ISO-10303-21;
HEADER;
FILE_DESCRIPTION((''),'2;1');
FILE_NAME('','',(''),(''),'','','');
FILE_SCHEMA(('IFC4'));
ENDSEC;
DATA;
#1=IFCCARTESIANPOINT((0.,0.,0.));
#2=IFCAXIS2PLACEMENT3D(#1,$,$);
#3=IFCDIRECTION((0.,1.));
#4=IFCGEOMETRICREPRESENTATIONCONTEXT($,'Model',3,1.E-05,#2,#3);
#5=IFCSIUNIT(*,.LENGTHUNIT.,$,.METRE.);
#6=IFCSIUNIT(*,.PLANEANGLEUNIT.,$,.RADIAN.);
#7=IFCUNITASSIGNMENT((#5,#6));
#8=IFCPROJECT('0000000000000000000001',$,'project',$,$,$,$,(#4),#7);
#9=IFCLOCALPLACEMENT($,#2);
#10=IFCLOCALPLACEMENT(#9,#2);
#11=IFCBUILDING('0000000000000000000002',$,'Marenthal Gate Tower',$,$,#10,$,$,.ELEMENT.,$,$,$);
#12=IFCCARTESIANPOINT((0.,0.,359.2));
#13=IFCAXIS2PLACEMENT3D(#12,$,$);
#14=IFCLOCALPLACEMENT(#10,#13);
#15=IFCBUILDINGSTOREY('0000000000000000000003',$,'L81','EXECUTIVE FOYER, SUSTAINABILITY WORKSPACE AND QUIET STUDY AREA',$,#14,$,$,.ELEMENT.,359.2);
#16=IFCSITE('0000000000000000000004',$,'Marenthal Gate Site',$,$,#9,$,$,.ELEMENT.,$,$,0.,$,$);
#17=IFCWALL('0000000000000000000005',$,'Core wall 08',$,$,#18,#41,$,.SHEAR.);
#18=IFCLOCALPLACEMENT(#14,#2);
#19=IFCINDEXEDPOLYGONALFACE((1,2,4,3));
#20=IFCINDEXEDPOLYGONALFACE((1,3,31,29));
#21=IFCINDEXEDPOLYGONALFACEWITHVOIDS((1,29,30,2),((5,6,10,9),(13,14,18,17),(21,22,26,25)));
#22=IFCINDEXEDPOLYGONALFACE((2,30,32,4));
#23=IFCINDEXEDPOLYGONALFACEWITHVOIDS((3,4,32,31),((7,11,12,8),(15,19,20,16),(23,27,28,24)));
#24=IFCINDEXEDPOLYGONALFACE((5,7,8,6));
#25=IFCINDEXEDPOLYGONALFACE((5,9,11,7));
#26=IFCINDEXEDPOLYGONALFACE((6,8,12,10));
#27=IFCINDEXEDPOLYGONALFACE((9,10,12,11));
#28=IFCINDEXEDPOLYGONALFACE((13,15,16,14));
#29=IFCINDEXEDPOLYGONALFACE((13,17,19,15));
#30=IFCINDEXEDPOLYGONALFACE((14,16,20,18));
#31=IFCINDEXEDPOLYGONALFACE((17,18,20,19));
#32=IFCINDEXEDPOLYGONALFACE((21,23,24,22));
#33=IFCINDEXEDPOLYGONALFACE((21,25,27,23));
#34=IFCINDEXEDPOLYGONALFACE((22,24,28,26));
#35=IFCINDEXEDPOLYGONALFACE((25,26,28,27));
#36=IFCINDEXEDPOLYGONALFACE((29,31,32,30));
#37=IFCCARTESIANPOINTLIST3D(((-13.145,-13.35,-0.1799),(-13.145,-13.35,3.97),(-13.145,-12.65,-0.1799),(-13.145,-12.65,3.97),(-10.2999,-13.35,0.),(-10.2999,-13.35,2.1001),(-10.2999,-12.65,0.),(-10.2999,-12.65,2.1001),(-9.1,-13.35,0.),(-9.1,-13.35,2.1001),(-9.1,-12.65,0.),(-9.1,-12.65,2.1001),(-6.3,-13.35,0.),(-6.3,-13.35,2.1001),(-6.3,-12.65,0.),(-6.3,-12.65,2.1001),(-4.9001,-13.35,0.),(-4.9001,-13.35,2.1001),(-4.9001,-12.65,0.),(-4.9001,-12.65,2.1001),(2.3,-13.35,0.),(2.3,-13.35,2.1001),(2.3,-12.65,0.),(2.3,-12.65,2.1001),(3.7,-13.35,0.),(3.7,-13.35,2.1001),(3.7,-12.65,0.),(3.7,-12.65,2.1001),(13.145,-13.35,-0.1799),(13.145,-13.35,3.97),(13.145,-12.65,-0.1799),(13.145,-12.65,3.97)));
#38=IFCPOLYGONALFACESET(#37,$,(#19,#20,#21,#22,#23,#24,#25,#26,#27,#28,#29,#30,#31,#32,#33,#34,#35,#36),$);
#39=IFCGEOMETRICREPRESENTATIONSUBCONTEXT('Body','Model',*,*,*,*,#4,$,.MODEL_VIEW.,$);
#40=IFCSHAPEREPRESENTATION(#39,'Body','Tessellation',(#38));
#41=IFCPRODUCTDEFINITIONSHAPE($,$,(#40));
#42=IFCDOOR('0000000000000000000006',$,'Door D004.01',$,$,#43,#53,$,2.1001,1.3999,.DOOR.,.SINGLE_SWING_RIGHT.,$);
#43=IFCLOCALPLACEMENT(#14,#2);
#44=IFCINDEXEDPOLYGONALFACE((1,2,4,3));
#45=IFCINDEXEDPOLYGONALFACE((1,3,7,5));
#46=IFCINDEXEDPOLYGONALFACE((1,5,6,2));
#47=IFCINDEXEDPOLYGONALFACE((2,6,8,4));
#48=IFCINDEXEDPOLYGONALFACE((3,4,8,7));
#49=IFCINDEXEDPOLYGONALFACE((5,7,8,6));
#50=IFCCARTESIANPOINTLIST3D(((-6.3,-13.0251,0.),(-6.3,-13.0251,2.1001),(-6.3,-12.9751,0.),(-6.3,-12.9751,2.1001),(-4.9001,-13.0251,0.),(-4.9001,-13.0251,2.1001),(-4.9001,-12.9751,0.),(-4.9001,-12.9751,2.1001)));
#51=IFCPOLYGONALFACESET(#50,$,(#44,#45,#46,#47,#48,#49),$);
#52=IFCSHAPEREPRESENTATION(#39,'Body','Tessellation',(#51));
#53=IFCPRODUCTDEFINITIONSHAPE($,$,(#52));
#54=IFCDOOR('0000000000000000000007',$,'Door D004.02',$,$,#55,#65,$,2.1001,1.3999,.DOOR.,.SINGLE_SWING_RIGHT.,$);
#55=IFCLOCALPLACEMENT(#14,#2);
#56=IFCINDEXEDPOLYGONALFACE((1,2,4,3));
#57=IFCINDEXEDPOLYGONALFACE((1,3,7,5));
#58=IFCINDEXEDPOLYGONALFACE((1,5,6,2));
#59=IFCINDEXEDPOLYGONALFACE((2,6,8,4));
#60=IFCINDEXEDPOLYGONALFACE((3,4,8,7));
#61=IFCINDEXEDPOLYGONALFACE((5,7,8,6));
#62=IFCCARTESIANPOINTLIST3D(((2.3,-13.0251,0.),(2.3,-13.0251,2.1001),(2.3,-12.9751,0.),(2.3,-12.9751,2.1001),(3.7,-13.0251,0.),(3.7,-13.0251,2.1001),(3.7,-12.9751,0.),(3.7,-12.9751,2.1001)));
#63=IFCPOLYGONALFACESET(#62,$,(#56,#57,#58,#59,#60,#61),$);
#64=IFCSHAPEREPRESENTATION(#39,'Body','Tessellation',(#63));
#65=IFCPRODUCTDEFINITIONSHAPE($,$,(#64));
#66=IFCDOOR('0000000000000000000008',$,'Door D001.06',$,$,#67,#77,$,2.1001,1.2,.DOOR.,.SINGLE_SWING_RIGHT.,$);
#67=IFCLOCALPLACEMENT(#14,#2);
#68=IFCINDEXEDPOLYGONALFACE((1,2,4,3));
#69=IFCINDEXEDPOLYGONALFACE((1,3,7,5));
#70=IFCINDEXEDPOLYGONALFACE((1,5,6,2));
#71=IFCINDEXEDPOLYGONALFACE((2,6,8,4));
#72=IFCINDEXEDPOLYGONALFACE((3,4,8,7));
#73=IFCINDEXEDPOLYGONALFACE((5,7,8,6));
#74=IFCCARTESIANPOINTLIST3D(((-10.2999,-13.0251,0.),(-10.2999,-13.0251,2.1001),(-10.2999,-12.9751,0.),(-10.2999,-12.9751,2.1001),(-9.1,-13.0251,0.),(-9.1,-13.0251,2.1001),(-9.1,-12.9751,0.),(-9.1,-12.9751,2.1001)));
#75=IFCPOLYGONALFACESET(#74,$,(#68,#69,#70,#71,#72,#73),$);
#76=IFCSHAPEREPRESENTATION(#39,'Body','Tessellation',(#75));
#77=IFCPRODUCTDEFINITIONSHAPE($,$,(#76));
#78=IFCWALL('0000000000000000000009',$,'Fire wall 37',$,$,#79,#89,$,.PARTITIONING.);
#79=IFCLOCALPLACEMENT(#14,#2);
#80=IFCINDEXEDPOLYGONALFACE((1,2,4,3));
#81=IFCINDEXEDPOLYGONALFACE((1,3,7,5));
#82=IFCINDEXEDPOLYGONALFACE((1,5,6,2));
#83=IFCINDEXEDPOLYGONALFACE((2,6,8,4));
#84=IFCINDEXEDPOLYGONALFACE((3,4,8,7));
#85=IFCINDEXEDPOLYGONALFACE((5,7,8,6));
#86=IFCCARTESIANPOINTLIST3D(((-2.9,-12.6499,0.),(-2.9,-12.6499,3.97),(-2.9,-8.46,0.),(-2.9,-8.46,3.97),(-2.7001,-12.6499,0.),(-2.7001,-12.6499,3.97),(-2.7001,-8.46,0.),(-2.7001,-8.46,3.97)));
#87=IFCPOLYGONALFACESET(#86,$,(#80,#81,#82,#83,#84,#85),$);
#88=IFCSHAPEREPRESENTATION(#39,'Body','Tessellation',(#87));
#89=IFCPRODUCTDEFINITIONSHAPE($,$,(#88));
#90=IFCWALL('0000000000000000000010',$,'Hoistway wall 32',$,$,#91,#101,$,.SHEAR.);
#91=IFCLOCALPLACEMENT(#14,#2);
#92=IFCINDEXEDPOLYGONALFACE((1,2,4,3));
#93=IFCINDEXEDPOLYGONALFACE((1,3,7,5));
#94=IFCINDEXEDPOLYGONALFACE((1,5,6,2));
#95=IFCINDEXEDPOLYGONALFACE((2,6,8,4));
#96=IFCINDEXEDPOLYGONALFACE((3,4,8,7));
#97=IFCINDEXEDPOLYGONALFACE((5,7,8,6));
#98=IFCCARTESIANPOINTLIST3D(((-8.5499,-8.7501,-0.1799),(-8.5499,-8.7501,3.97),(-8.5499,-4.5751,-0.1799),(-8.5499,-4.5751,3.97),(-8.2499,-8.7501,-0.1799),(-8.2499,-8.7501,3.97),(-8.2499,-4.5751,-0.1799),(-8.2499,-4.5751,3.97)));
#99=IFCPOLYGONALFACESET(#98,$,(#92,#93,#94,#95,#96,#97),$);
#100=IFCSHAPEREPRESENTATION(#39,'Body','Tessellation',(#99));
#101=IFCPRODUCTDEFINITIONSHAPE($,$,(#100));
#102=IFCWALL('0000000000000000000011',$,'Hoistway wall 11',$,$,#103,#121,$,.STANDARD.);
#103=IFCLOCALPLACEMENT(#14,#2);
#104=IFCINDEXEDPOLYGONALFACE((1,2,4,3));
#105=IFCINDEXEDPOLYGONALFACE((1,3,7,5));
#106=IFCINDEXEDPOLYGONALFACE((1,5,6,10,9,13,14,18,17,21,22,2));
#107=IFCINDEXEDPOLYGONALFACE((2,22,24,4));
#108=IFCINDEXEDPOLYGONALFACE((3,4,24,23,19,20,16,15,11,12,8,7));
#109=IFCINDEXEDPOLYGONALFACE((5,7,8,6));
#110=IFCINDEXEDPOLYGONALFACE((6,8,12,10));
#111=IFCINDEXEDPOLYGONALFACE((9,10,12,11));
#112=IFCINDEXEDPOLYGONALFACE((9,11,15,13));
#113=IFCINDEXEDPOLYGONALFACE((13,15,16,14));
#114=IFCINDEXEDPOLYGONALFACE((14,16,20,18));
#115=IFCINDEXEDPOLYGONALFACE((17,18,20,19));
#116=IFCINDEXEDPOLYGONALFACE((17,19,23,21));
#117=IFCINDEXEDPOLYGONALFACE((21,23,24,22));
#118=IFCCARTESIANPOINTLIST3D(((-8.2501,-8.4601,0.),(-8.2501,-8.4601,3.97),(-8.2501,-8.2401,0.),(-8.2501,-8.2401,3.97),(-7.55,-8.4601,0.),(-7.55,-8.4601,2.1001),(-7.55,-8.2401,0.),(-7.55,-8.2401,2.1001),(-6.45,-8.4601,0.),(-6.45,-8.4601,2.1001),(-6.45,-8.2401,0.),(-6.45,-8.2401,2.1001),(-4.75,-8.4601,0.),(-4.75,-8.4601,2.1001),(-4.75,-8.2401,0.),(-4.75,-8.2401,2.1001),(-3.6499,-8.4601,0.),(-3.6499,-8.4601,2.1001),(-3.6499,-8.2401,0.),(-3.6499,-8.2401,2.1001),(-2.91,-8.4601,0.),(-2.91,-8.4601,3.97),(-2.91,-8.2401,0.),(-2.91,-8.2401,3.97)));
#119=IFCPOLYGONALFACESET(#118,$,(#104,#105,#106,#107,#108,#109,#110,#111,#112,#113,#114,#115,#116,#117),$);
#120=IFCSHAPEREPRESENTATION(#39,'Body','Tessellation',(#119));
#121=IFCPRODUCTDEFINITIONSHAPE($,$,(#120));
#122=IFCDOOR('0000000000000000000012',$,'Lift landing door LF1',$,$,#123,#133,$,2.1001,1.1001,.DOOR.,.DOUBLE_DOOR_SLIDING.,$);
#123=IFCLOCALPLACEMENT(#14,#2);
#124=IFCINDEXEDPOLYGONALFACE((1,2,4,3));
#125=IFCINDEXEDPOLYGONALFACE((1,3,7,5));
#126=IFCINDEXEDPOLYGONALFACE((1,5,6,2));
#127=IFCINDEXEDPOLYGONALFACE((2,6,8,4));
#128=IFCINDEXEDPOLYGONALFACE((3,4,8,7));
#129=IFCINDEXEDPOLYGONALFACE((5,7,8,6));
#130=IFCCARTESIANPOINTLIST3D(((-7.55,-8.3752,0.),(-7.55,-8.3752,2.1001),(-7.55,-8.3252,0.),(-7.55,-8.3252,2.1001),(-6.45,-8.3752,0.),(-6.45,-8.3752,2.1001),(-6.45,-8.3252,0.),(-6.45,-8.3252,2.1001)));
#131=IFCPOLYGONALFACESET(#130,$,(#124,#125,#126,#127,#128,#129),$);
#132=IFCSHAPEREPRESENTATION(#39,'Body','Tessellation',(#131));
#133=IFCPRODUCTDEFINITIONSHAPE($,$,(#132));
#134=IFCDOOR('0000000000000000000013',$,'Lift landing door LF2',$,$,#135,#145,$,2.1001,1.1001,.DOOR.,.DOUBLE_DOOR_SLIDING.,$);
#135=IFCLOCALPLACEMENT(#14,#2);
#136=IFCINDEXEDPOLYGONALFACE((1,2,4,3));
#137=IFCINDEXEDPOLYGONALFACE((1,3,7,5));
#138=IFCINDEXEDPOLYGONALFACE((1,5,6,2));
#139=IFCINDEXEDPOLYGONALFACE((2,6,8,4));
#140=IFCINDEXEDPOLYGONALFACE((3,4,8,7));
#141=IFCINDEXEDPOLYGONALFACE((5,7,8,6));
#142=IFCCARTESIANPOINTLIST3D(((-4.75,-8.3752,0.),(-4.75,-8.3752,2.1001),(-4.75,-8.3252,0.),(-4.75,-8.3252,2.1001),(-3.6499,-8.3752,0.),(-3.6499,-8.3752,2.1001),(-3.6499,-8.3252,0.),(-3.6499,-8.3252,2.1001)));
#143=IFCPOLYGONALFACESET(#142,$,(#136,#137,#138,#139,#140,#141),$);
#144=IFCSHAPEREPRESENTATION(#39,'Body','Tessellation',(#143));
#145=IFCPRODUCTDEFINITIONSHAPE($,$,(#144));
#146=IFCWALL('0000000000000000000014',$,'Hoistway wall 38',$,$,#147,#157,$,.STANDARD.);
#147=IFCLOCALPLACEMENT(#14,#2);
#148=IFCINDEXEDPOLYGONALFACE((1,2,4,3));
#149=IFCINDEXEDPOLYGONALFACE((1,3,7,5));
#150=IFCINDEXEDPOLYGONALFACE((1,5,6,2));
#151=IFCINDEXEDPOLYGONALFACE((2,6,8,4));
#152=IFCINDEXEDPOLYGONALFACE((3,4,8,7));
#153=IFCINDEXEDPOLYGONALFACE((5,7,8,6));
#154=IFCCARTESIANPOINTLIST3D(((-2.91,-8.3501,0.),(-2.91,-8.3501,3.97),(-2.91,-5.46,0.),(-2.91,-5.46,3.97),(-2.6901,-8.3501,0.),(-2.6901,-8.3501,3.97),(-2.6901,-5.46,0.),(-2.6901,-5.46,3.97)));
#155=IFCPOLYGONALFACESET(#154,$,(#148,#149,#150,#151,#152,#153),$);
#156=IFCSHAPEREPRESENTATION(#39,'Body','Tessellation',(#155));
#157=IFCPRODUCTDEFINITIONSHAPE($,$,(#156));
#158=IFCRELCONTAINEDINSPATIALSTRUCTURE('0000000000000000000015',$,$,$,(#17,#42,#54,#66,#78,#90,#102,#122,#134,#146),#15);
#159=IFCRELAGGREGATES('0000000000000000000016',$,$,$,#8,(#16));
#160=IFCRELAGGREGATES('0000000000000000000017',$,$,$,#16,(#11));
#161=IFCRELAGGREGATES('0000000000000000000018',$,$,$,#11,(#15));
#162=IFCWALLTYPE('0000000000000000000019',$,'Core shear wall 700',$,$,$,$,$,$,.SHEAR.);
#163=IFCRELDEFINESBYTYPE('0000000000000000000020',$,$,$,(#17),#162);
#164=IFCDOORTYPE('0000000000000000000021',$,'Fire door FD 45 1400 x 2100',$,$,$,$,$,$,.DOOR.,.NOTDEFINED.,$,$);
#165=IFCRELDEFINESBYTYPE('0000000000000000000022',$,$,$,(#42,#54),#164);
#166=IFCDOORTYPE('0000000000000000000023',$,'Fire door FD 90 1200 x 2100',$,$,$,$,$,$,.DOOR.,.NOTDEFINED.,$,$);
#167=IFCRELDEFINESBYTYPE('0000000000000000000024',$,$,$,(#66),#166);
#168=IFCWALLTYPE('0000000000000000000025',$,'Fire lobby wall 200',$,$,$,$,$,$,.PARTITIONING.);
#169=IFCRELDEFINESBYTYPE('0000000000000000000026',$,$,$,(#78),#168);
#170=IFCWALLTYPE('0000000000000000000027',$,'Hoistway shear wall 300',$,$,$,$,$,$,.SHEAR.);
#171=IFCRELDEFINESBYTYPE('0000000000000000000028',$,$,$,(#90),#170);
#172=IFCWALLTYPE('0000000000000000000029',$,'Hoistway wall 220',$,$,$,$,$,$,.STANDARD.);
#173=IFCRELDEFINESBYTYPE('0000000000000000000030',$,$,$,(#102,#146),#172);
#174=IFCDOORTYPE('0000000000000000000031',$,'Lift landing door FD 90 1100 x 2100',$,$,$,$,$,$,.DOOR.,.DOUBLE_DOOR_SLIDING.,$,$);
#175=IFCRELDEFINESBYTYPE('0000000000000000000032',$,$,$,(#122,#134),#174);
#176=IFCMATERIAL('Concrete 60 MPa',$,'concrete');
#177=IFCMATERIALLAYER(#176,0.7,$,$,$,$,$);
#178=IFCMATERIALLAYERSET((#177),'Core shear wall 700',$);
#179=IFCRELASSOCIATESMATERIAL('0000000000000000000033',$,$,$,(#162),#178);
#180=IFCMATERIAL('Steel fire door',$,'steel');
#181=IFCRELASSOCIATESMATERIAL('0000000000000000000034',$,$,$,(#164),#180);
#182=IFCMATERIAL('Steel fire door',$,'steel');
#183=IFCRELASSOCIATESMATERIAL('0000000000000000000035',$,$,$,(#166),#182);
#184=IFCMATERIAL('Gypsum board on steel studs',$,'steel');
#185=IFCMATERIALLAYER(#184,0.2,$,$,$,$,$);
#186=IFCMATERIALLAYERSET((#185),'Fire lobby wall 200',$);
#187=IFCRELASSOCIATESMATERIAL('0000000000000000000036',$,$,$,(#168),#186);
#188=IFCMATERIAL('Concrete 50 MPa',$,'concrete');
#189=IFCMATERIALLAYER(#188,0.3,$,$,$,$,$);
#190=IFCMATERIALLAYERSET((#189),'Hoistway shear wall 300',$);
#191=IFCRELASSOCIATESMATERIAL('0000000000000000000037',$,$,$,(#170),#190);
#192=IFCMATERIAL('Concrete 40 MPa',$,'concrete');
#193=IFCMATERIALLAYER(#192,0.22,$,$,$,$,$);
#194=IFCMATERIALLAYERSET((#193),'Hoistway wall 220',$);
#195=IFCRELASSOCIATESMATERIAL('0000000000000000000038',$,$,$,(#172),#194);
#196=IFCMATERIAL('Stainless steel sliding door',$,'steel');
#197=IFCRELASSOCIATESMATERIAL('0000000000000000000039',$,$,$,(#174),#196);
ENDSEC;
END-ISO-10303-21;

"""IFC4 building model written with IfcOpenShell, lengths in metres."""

from ifc_helpers import new_model, si_unit, direction, frame, frame_2d, origin, place, context, subcontext, project, spatial, rectangle, extrude, material, layer, layer_set, type_object, element, fill, save


model = new_model("IFC4")

# Units and contexts
model_context = context("Model", 3, precision=1e-05, world=origin(), true_north=direction((0.0, 1.0)))
body_context = subcontext(model_context, "Body", "Model", "MODEL_VIEW")
ifc_project = project(units=[si_unit("LENGTHUNIT", "METRE"), si_unit("PLANEANGLEUNIT", "RADIAN")], contexts=[model_context])

# Site, building, storey
site_placement = place(None, origin())
site = spatial("IfcSite", under=ifc_project, at=site_placement, Name="Marenthal Gate Site", CompositionType="ELEMENT", RefElevation=0.0)
building_placement = place(site_placement, origin())
building = spatial("IfcBuilding", under=site, at=building_placement, Name="Marenthal Gate Tower", CompositionType="ELEMENT")
storey_placement = place(building_placement, frame((0.0, 0.0, 359.2)))
storey = spatial("IfcBuildingStorey", under=building, at=storey_placement, Name="L81", Description="EXECUTIVE FOYER, SUSTAINABILITY WORKSPACE AND QUIET STUDY AREA", CompositionType="ELEMENT", Elevation=359.2)

# Wall, openings, doors
ifc_material_1 = material(Name="Concrete 60 MPa", Category="concrete")
ifc_layer_1 = layer(ifc_material_1, 0.7)
ifc_layer_set_1 = layer_set([ifc_layer_1], Name="Core shear wall 700")
wall_type_1 = type_object("IfcWallType", Name="Core shear wall 700", PredefinedType="SHEAR", material=ifc_layer_set_1)
wall_1_placement = place(storey_placement, frame((-13.145, -13.0, -0.1799), z_axis=(0.0, 0.0, 1.0), x_axis=(1.0, 0.0, 0.0)))
wall_1 = element("IfcWall", 1, at=wall_1_placement, inside=storey, type_object=wall_type_1, Name="Core wall 08", PredefinedType="SHEAR", context=body_context, shape_type="SweptSolid", body=[
    extrude(rectangle(XDim=26.29, YDim=0.7, at=frame_2d((13.145, 0.0))), origin(), (0.0, 0.0, 1.0), 4.1499),
])
opening_1_placement = place(wall_1_placement, frame((2.845, 0.0, 0.1799)))
opening_1 = element("IfcOpeningElement", 2, at=opening_1_placement, cuts=wall_1, PredefinedType="OPENING", context=body_context, shape_type="SweptSolid", body=[
    extrude(rectangle(XDim=1.2, YDim=2.1001, at=frame_2d((0.6001, 1.05))), frame((0.0, 0.3599, 0.0), z_axis=(0.0, -1.0, 0.0), x_axis=(1.0, 0.0, 0.0)), (0.0, 0.0, 1.0), 0.72),
])
opening_2_placement = place(wall_1_placement, frame((6.845, 0.0, 0.1799)))
opening_2 = element("IfcOpeningElement", 3, at=opening_2_placement, cuts=wall_1, PredefinedType="OPENING", context=body_context, shape_type="SweptSolid", body=[
    extrude(rectangle(XDim=1.3999, YDim=2.1001, at=frame_2d((0.7, 1.05))), frame((0.0, 0.3599, 0.0), z_axis=(0.0, -1.0, 0.0), x_axis=(1.0, 0.0, 0.0)), (0.0, 0.0, 1.0), 0.72),
])
opening_3_placement = place(wall_1_placement, frame((15.4451, 0.0, 0.1799)))
opening_3 = element("IfcOpeningElement", 4, at=opening_3_placement, cuts=wall_1, PredefinedType="OPENING", context=body_context, shape_type="SweptSolid", body=[
    extrude(rectangle(XDim=1.3999, YDim=2.1001, at=frame_2d((0.7, 1.05))), frame((0.0, 0.3599, 0.0), z_axis=(0.0, -1.0, 0.0), x_axis=(1.0, 0.0, 0.0)), (0.0, 0.0, 1.0), 0.72),
])
ifc_material_2 = material(Name="Steel fire door", Category="steel")
door_type_1 = type_object("IfcDoorType", Name="Fire door FD 45 1400 x 2100", OperationType="NOTDEFINED", PredefinedType="DOOR", material=ifc_material_2)
door_1_placement = place(opening_2_placement, origin())
door_1 = element("IfcDoor", 5, at=door_1_placement, inside=storey, type_object=door_type_1, Name="Door D004.01", OperationType="SINGLE_SWING_RIGHT", OverallHeight=2.1001, OverallWidth=1.3999, PredefinedType="DOOR", context=body_context, shape_type="SweptSolid", body=[
    extrude(rectangle(XDim=1.3999, YDim=2.1001, at=frame_2d((0.7, 1.05))), frame((0.0, 0.0249, 0.0), z_axis=(0.0, -1.0, 0.0), x_axis=(1.0, 0.0, 0.0)), (0.0, 0.0, 1.0), 0.05),
])
fill(opening_2, door_1)
door_2_placement = place(opening_3_placement, origin())
door_2 = element("IfcDoor", 6, at=door_2_placement, inside=storey, type_object=door_type_1, Name="Door D004.02", OperationType="SINGLE_SWING_RIGHT", OverallHeight=2.1001, OverallWidth=1.3999, PredefinedType="DOOR", context=body_context, shape_type="SweptSolid", body=[
    extrude(rectangle(XDim=1.3999, YDim=2.1001, at=frame_2d((0.7, 1.05))), frame((0.0, 0.0249, 0.0), z_axis=(0.0, -1.0, 0.0), x_axis=(1.0, 0.0, 0.0)), (0.0, 0.0, 1.0), 0.05),
])
fill(opening_3, door_2)
ifc_material_3 = material(Name="Steel fire door", Category="steel")
door_type_2 = type_object("IfcDoorType", Name="Fire door FD 90 1200 x 2100", OperationType="NOTDEFINED", PredefinedType="DOOR", material=ifc_material_3)
door_3_placement = place(opening_1_placement, origin())
door_3 = element("IfcDoor", 7, at=door_3_placement, inside=storey, type_object=door_type_2, Name="Door D001.06", OperationType="SINGLE_SWING_RIGHT", OverallHeight=2.1001, OverallWidth=1.2, PredefinedType="DOOR", context=body_context, shape_type="SweptSolid", body=[
    extrude(rectangle(XDim=1.2, YDim=2.1001, at=frame_2d((0.6001, 1.05))), frame((0.0, 0.0249, 0.0), z_axis=(0.0, -1.0, 0.0), x_axis=(1.0, 0.0, 0.0)), (0.0, 0.0, 1.0), 0.05),
])
fill(opening_1, door_3)

# Walls
ifc_material_4 = material(Name="Gypsum board on steel studs", Category="steel")
ifc_layer_2 = layer(ifc_material_4, 0.2)
ifc_layer_set_2 = layer_set([ifc_layer_2], Name="Fire lobby wall 200")
wall_type_2 = type_object("IfcWallType", Name="Fire lobby wall 200", PredefinedType="PARTITIONING", material=ifc_layer_set_2)
wall_2_placement = place(storey_placement, frame((-2.8, -12.6499, 0.0), z_axis=(0.0, 0.0, 1.0), x_axis=(0.0, 1.0, 0.0)))
element("IfcWall", 8, at=wall_2_placement, inside=storey, type_object=wall_type_2, Name="Fire wall 37", PredefinedType="PARTITIONING", context=body_context, shape_type="SweptSolid", body=[
    extrude(rectangle(XDim=4.1899, YDim=0.2, at=frame_2d((2.095, 0.0))), origin(), (0.0, 0.0, 1.0), 3.97),
])
ifc_material_5 = material(Name="Concrete 50 MPa", Category="concrete")
ifc_layer_3 = layer(ifc_material_5, 0.3)
ifc_layer_set_3 = layer_set([ifc_layer_3], Name="Hoistway shear wall 300")
wall_type_3 = type_object("IfcWallType", Name="Hoistway shear wall 300", PredefinedType="SHEAR", material=ifc_layer_set_3)
wall_3_placement = place(storey_placement, frame((-8.3999, -8.75, -0.1799), z_axis=(0.0, 0.0, 1.0), x_axis=(0.0, 1.0, 0.0)))
element("IfcWall", 9, at=wall_3_placement, inside=storey, type_object=wall_type_3, Name="Hoistway wall 32", PredefinedType="SHEAR", context=body_context, shape_type="SweptSolid", body=[
    extrude(rectangle(XDim=4.175, YDim=0.3, at=frame_2d((2.0874, 0.0))), origin(), (0.0, 0.0, 1.0), 4.1499),
])

# Wall, openings, doors
ifc_material_6 = material(Name="Concrete 40 MPa", Category="concrete")
ifc_layer_4 = layer(ifc_material_6, 0.22)
ifc_layer_set_4 = layer_set([ifc_layer_4], Name="Hoistway wall 220")
wall_type_4 = type_object("IfcWallType", Name="Hoistway wall 220", PredefinedType="STANDARD", material=ifc_layer_set_4)
wall_4_placement = place(storey_placement, frame((-8.25, -8.3501, 0.0), z_axis=(0.0, 0.0, 1.0), x_axis=(1.0, 0.0, 0.0)))
wall_4 = element("IfcWall", 10, at=wall_4_placement, inside=storey, type_object=wall_type_4, Name="Hoistway wall 11", PredefinedType="STANDARD", context=body_context, shape_type="SweptSolid", body=[
    extrude(rectangle(XDim=5.3401, YDim=0.22, at=frame_2d((2.6699, 0.0))), origin(), (0.0, 0.0, 1.0), 3.97),
])
opening_4_placement = place(wall_4_placement, frame((0.7, 0.0, 0.0)))
opening_4 = element("IfcOpeningElement", 11, at=opening_4_placement, cuts=wall_4, PredefinedType="OPENING", context=body_context, shape_type="SweptSolid", body=[
    extrude(rectangle(XDim=1.1001, YDim=2.1001, at=frame_2d((0.55, 1.05))), frame((0.0, 0.1201, 0.0), z_axis=(0.0, -1.0, 0.0), x_axis=(1.0, 0.0, 0.0)), (0.0, 0.0, 1.0), 0.24),
])
opening_5_placement = place(wall_4_placement, frame((3.5, 0.0, 0.0)))
opening_5 = element("IfcOpeningElement", 12, at=opening_5_placement, cuts=wall_4, PredefinedType="OPENING", context=body_context, shape_type="SweptSolid", body=[
    extrude(rectangle(XDim=1.1001, YDim=2.1001, at=frame_2d((0.55, 1.05))), frame((0.0, 0.1201, 0.0), z_axis=(0.0, -1.0, 0.0), x_axis=(1.0, 0.0, 0.0)), (0.0, 0.0, 1.0), 0.24),
])
ifc_material_7 = material(Name="Stainless steel sliding door", Category="steel")
door_type_3 = type_object("IfcDoorType", Name="Lift landing door FD 90 1100 x 2100", OperationType="DOUBLE_DOOR_SLIDING", PredefinedType="DOOR", material=ifc_material_7)
door_4_placement = place(opening_4_placement, origin())
door_4 = element("IfcDoor", 13, at=door_4_placement, inside=storey, type_object=door_type_3, Name="Lift landing door LF1", OperationType="DOUBLE_DOOR_SLIDING", OverallHeight=2.1001, OverallWidth=1.1001, PredefinedType="DOOR", context=body_context, shape_type="SweptSolid", body=[
    extrude(rectangle(XDim=1.1001, YDim=2.1001, at=frame_2d((0.55, 1.05))), frame((0.0, 0.0249, 0.0), z_axis=(0.0, -1.0, 0.0), x_axis=(1.0, 0.0, 0.0)), (0.0, 0.0, 1.0), 0.05),
])
fill(opening_4, door_4)
door_5_placement = place(opening_5_placement, origin())
door_5 = element("IfcDoor", 14, at=door_5_placement, inside=storey, type_object=door_type_3, Name="Lift landing door LF2", OperationType="DOUBLE_DOOR_SLIDING", OverallHeight=2.1001, OverallWidth=1.1001, PredefinedType="DOOR", context=body_context, shape_type="SweptSolid", body=[
    extrude(rectangle(XDim=1.1001, YDim=2.1001, at=frame_2d((0.55, 1.05))), frame((0.0, 0.0249, 0.0), z_axis=(0.0, -1.0, 0.0), x_axis=(1.0, 0.0, 0.0)), (0.0, 0.0, 1.0), 0.05),
])
fill(opening_5, door_5)

# Wall
wall_5_placement = place(storey_placement, frame((-2.8, -8.3501, 0.0), z_axis=(0.0, 0.0, 1.0), x_axis=(0.0, 1.0, 0.0)))
element("IfcWall", 15, at=wall_5_placement, inside=storey, type_object=wall_type_4, Name="Hoistway wall 38", PredefinedType="STANDARD", context=body_context, shape_type="SweptSolid", body=[
    extrude(rectangle(XDim=2.8901, YDim=0.22, at=frame_2d((1.4451, 0.0))), origin(), (0.0, 0.0, 1.0), 3.97),
])

save(model, "model.ifc")
